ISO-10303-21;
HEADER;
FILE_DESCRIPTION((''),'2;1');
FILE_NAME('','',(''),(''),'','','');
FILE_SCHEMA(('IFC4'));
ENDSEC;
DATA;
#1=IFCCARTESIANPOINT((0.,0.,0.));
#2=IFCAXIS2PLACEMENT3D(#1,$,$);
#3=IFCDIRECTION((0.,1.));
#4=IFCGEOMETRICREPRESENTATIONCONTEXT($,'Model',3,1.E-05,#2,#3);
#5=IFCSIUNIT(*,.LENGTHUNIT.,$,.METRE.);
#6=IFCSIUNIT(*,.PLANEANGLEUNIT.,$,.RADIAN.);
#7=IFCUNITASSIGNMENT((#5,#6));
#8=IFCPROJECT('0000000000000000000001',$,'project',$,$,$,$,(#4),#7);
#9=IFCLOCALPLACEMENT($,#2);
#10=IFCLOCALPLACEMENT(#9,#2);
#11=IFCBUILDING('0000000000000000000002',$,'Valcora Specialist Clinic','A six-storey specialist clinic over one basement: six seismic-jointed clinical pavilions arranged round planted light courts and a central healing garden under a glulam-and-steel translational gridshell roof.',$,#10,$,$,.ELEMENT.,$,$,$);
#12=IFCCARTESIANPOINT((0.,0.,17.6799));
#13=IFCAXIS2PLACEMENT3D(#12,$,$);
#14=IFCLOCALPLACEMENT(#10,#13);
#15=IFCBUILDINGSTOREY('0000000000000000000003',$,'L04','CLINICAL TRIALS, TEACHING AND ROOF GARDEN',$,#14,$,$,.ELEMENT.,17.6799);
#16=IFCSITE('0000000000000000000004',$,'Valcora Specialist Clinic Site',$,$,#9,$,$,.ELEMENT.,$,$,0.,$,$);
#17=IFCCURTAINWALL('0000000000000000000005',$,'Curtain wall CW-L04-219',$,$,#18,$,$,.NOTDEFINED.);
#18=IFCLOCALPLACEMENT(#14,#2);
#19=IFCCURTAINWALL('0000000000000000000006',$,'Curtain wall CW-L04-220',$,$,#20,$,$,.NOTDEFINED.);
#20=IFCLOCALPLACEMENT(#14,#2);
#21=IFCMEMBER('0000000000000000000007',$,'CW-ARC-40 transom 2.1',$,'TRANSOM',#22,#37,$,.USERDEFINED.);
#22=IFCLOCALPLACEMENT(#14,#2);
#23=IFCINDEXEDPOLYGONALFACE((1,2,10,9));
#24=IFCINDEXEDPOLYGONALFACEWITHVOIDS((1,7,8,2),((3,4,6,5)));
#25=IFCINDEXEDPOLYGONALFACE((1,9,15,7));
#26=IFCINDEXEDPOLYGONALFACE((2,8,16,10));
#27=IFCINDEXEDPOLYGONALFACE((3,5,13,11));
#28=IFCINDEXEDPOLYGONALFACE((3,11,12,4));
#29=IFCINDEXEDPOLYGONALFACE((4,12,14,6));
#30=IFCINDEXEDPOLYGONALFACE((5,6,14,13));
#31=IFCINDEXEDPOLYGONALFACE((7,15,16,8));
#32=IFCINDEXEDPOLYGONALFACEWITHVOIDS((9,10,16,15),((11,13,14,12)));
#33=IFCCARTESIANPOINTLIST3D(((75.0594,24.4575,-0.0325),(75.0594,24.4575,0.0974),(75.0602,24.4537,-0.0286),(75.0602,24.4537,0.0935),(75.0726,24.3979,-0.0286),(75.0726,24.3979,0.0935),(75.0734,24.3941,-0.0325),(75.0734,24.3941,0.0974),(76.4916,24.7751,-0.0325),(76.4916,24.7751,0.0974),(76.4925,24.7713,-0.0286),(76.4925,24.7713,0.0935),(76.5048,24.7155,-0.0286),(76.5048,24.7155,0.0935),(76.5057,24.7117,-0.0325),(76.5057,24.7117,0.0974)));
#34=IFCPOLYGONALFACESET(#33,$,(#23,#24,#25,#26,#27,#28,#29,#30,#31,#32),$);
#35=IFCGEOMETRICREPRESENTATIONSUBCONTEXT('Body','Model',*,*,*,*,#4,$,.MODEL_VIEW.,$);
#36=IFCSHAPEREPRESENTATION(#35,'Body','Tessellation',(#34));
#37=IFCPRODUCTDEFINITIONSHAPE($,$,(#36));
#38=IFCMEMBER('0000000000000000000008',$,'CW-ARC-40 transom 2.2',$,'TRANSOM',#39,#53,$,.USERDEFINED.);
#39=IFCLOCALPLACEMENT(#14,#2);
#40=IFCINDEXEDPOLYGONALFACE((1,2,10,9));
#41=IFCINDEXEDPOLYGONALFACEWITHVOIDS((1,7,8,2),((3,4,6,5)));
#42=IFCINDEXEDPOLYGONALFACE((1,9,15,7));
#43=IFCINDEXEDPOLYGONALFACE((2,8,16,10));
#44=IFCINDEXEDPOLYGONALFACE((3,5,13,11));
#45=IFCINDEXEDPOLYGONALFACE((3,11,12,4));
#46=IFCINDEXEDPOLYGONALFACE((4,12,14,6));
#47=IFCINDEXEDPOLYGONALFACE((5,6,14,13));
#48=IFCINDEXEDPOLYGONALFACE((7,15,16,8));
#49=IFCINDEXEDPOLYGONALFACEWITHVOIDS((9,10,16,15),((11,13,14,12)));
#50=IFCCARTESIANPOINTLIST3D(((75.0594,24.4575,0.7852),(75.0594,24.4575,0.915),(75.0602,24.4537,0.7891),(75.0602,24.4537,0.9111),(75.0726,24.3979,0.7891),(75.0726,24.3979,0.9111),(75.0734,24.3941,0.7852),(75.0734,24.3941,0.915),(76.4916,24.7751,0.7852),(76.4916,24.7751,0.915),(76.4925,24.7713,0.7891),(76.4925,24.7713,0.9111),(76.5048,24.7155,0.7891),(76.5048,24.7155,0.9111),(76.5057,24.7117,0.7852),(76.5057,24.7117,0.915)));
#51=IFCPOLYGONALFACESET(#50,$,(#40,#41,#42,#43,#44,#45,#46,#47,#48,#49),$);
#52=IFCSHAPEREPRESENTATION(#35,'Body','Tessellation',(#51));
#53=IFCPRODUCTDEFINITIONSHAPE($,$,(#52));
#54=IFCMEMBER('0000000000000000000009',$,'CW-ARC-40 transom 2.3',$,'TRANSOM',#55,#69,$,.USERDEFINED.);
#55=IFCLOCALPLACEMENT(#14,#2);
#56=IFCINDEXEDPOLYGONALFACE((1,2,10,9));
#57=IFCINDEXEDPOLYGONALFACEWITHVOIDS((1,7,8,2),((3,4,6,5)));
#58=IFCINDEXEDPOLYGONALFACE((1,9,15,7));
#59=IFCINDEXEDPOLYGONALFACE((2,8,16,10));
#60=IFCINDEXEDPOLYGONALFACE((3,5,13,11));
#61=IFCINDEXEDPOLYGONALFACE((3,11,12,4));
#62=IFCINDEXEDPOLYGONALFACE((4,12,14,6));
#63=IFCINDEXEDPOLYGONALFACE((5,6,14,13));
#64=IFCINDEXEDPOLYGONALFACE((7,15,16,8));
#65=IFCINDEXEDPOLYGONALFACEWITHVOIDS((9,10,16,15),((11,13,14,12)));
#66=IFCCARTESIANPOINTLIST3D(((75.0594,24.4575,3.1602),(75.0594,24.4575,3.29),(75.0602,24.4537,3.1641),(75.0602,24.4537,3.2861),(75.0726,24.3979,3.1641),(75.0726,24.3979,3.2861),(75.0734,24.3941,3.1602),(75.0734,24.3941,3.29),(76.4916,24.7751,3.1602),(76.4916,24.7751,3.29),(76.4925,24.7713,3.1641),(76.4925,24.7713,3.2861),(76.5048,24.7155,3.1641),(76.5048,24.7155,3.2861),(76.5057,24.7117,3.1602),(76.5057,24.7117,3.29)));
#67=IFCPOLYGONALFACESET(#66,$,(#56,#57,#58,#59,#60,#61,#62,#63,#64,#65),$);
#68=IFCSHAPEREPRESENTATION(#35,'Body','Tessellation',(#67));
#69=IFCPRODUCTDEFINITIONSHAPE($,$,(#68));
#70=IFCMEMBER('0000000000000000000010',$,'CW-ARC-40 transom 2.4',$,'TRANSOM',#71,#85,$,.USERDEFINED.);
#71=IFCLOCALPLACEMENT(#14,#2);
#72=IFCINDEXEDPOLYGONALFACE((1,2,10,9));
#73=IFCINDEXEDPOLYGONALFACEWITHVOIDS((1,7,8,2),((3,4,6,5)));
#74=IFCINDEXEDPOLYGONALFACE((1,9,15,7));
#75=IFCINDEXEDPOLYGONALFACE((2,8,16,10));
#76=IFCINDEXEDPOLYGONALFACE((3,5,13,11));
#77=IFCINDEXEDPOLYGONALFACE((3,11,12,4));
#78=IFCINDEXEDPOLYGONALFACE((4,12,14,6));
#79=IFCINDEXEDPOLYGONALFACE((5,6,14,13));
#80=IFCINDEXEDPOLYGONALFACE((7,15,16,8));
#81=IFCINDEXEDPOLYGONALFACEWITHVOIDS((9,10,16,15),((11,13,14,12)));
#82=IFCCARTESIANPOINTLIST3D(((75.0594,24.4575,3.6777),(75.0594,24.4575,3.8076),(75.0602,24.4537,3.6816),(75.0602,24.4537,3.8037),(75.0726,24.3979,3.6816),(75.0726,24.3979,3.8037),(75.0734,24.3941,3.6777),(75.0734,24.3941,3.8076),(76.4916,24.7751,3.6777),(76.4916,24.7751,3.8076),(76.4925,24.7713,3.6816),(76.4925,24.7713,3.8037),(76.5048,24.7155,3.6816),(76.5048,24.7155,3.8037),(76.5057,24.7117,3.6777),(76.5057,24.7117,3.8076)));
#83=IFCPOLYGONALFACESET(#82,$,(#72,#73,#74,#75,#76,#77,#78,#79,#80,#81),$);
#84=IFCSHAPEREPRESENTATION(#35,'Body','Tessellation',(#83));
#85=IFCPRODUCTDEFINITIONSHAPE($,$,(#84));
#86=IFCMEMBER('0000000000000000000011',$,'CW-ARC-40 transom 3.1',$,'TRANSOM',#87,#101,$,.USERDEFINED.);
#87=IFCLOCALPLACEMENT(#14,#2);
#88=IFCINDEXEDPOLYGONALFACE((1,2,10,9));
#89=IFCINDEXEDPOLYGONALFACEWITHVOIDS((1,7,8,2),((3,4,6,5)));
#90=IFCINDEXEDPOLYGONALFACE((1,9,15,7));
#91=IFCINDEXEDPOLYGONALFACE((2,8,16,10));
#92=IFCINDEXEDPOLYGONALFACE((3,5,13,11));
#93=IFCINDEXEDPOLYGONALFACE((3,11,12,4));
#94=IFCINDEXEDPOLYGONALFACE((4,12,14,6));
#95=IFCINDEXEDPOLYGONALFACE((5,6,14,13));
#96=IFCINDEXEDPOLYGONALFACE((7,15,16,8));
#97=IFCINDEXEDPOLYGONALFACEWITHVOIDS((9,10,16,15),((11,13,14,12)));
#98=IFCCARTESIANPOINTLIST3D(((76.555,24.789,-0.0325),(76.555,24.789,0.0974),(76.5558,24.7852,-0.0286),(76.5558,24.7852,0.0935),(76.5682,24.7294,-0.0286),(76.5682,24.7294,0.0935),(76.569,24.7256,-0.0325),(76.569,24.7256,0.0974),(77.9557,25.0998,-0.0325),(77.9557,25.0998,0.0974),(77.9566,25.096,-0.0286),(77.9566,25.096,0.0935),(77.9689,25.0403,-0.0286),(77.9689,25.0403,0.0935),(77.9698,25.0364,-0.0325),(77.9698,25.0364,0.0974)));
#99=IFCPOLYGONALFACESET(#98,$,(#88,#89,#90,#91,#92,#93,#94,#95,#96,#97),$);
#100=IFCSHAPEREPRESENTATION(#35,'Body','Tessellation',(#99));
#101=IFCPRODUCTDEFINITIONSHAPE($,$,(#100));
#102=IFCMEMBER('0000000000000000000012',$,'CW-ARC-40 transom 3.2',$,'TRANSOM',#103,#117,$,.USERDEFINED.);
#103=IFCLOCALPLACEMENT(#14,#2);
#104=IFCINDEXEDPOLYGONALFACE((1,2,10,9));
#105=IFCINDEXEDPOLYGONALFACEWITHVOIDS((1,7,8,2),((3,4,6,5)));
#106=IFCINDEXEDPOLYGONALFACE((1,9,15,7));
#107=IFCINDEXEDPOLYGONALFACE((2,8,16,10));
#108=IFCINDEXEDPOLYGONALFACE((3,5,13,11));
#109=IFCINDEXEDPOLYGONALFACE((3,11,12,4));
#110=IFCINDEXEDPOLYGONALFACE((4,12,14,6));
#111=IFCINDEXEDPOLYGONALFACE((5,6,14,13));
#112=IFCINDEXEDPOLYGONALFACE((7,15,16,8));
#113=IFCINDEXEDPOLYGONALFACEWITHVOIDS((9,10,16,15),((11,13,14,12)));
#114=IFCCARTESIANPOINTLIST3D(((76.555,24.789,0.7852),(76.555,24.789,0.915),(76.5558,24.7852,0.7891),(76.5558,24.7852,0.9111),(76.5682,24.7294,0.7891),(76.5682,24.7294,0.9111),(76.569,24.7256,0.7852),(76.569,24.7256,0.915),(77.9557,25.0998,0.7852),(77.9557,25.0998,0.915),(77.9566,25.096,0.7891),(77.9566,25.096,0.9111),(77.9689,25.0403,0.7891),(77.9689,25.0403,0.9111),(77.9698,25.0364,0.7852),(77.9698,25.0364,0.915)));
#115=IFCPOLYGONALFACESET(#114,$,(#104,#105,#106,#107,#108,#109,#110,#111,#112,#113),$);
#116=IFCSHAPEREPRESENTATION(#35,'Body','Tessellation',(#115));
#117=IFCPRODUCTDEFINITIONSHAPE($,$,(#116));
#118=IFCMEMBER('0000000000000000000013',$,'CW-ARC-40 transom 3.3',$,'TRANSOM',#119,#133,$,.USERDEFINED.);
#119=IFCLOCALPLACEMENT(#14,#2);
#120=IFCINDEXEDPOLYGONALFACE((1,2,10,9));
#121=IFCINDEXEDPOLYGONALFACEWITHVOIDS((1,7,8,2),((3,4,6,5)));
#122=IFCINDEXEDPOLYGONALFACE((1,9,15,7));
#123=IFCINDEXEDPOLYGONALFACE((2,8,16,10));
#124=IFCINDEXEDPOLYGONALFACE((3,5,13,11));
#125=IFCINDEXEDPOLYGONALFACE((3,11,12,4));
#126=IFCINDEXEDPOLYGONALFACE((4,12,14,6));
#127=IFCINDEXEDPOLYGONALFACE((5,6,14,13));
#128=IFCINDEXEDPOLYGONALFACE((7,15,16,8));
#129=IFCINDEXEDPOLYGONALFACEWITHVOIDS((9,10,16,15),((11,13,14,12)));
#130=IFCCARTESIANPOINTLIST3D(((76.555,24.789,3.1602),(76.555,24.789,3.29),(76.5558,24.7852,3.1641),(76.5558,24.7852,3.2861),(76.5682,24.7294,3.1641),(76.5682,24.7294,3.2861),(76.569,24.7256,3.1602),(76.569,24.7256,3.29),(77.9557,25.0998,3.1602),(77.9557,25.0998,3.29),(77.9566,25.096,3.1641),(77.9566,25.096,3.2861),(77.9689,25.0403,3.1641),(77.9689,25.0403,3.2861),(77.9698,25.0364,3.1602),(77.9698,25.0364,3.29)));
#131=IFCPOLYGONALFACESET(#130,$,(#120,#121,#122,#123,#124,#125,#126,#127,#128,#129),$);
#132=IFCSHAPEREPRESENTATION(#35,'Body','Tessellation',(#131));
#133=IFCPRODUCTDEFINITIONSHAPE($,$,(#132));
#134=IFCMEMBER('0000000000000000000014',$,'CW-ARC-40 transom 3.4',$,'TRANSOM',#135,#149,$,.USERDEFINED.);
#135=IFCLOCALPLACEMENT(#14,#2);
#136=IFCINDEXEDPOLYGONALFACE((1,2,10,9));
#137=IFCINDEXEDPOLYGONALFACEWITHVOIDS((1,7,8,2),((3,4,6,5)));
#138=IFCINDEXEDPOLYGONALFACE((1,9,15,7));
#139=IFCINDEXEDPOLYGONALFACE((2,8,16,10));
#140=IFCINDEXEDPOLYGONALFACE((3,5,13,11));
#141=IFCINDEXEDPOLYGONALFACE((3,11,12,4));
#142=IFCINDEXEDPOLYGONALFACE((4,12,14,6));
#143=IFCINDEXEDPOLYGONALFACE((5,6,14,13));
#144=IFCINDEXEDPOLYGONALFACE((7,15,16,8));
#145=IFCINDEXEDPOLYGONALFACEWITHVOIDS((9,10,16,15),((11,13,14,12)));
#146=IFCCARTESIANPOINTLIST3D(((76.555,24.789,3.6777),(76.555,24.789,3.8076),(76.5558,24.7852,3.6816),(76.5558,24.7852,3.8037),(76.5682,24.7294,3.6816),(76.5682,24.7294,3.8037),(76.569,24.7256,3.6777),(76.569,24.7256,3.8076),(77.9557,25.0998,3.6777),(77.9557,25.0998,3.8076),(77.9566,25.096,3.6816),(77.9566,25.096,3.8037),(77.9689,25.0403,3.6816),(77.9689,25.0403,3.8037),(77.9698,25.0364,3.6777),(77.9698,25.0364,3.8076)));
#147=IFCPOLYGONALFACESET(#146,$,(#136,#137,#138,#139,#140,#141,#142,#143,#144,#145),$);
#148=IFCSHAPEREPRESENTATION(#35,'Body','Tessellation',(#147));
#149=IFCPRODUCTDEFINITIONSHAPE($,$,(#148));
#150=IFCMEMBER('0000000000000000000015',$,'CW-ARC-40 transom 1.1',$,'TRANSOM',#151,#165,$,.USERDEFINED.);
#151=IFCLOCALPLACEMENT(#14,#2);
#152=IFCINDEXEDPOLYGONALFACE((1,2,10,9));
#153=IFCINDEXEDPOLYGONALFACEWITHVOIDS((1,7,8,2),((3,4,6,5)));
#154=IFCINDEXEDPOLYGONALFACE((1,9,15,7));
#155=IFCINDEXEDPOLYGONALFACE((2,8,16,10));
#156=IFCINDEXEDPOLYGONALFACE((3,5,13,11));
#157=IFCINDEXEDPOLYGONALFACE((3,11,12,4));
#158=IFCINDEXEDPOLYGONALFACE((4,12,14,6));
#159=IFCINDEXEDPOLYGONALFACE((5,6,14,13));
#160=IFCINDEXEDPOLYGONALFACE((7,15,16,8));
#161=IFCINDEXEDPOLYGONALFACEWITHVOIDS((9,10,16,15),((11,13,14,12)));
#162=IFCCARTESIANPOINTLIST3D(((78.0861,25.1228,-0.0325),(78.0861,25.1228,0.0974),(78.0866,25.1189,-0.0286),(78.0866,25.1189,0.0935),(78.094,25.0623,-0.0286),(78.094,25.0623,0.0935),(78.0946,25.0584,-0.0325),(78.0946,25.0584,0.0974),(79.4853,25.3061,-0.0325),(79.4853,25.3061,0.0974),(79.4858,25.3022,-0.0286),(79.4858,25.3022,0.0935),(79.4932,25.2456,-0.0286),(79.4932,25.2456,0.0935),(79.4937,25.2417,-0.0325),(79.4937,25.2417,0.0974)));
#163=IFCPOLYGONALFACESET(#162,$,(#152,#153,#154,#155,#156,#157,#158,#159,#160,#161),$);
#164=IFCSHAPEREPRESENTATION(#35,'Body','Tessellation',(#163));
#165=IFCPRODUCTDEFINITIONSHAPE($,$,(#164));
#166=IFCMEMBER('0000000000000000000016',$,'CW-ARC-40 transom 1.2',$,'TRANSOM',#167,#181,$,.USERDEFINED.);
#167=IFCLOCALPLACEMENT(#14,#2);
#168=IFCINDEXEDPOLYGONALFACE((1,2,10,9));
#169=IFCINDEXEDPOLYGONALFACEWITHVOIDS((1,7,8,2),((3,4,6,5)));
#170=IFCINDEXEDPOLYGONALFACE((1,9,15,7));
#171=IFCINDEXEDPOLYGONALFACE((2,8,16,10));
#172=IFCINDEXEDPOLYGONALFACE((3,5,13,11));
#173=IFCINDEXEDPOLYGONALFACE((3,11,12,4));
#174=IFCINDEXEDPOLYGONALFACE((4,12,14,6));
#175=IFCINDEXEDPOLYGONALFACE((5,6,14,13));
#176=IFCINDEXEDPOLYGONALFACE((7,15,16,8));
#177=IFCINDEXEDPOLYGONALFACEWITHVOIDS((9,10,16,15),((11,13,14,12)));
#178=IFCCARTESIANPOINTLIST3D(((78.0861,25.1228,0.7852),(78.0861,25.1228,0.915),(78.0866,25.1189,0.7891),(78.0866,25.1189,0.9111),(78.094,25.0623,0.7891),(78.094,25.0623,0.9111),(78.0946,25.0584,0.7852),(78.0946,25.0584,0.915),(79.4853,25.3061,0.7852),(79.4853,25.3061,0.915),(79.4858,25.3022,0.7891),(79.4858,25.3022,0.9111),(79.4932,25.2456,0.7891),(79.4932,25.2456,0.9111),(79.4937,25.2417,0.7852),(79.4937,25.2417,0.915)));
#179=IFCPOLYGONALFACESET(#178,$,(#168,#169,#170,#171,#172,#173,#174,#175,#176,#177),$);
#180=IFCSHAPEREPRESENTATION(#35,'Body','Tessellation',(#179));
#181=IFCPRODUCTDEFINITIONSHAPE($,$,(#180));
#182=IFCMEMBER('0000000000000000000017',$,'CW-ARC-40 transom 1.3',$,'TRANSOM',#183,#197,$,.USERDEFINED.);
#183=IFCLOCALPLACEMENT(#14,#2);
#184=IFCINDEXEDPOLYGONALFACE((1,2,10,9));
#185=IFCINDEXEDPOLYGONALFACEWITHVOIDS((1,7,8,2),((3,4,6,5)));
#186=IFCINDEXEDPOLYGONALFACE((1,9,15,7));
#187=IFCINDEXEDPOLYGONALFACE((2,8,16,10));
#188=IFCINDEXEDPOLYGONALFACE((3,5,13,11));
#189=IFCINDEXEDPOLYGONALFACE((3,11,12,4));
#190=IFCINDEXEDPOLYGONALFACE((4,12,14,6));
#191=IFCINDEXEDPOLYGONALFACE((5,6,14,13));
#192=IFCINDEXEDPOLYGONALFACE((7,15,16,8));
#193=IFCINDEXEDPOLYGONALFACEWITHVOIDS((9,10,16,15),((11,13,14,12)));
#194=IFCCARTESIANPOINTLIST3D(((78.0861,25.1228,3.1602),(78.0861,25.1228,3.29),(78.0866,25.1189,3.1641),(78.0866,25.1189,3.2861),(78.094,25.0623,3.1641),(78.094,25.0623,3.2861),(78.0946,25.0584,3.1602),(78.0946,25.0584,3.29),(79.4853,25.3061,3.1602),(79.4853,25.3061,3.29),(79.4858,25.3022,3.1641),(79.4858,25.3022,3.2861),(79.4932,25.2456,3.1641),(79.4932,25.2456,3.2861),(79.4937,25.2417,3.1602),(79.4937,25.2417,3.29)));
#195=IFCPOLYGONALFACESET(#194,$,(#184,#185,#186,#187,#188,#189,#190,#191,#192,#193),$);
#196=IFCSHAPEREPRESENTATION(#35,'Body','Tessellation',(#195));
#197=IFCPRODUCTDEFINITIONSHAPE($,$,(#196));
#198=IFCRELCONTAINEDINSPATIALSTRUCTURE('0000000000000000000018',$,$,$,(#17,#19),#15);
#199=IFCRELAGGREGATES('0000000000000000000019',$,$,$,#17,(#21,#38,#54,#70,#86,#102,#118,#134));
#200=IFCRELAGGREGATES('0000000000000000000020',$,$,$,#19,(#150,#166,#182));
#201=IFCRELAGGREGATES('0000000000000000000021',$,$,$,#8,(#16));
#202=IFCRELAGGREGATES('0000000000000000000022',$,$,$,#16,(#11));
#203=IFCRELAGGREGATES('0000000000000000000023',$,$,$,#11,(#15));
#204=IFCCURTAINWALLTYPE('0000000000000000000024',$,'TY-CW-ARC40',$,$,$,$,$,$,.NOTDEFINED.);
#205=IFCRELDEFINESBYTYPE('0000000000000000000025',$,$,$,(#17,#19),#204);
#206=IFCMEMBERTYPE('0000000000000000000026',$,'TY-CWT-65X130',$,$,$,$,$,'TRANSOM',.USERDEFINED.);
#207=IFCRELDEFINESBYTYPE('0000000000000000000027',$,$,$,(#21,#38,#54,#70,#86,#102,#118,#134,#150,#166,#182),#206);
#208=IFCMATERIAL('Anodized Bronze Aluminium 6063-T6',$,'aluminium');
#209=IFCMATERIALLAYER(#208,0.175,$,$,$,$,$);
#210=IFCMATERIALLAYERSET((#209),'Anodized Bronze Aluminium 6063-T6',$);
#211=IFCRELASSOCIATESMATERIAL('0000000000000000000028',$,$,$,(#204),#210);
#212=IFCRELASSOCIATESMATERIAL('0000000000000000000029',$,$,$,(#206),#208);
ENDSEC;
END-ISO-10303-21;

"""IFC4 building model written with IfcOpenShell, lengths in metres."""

from ifc_helpers import new_model, si_unit, direction, frame, origin, origin_2d, place, context, subcontext, project, spatial, hollow_rectangle, extrude, material, layer, layer_set, material_profile, profile_set, type_object, element, aggregate, save


model = new_model("IFC4")

# Units and contexts
model_context = context("Model", 3, precision=1e-05, world=origin(), true_north=direction((0.0, 1.0)))
body_context = subcontext(model_context, "Body", "Model", "MODEL_VIEW")
ifc_project = project(units=[si_unit("LENGTHUNIT", "METRE"), si_unit("PLANEANGLEUNIT", "RADIAN")], contexts=[model_context])

# Site, building, storey
site_placement = place(None, origin())
site = spatial("IfcSite", under=ifc_project, at=site_placement, Name="Valcora Specialist Clinic Site", CompositionType="ELEMENT", RefElevation=0.0)
building_placement = place(site_placement, origin())
building = spatial("IfcBuilding", under=site, at=building_placement, Name="Valcora Specialist Clinic", Description="A six-storey specialist clinic over one basement: six seismic-jointed clinical pavilions arranged round planted light courts and a central healing garden under a glulam-and-steel translational gridshell roof.", CompositionType="ELEMENT")
storey_placement = place(building_placement, frame((0.0, 0.0, 17.6799)))
storey = spatial("IfcBuildingStorey", under=building, at=storey_placement, Name="L04", Description="CLINICAL TRIALS, TEACHING AND ROOF GARDEN", CompositionType="ELEMENT", Elevation=17.6799)

# Shared definitions
ifc_material_1 = material(Name="Anodized Bronze Aluminium 6063-T6", Category="aluminium")
ifc_layer_1 = layer(ifc_material_1, 0.175)
ifc_layer_set_1 = layer_set([ifc_layer_1], Name="Anodized Bronze Aluminium 6063-T6")
curtain_wall_type = type_object("IfcCurtainWallType", Name="TY-CW-ARC40", PredefinedType="NOTDEFINED", material=ifc_layer_set_1)

# Curtain walls
curtain_wall_1_placement = place(storey_placement, origin())
curtain_wall_1 = element("IfcCurtainWall", 1, at=curtain_wall_1_placement, inside=storey, type_object=curtain_wall_type, Name="Curtain wall CW-L04-219", PredefinedType="NOTDEFINED")
curtain_wall_2_placement = place(storey_placement, origin())
curtain_wall_2 = element("IfcCurtainWall", 2, at=curtain_wall_2_placement, inside=storey, type_object=curtain_wall_type, Name="Curtain wall CW-L04-220", PredefinedType="NOTDEFINED")

# Members
ifc_material_profile_1 = material_profile(ifc_material_1, hollow_rectangle(XDim=0.0649, YDim=0.1299, WallThickness=0.0039, at=origin_2d()), Name="AL-TRN-65X130")
ifc_profile_set_1 = profile_set([ifc_material_profile_1], Name="Anodized Bronze Aluminium 6063-T6")
member_type_1 = type_object("IfcMemberType", Name="TY-CWT-65X130", ElementType="TRANSOM", PredefinedType="USERDEFINED", material=ifc_profile_set_1)
member_1_placement = place(storey_placement, frame((75.0664, 24.4258, 0.0325), z_axis=(0.976277, 0.216525, 0.0), x_axis=(-0.216525, 0.976277, 0.0)))
member_1 = element("IfcMember", 3, at=member_1_placement, type_object=member_type_1, Name="CW-ARC-40 transom 2.1", ObjectType="TRANSOM", PredefinedType="USERDEFINED", context=body_context, shape_type="SweptSolid", body=[
    extrude(hollow_rectangle(XDim=0.0649, YDim=0.1299, WallThickness=0.0039, at=origin_2d()), origin(), (0.0, 0.0, 1.0), 1.467),
])
member_2_placement = place(storey_placement, frame((75.0664, 24.4258, 0.8501), z_axis=(0.976277, 0.216525, 0.0), x_axis=(-0.216525, 0.976277, 0.0)))
member_2 = element("IfcMember", 4, at=member_2_placement, type_object=member_type_1, Name="CW-ARC-40 transom 2.2", ObjectType="TRANSOM", PredefinedType="USERDEFINED", context=body_context, shape_type="SweptSolid", body=[
    extrude(hollow_rectangle(XDim=0.0649, YDim=0.1299, WallThickness=0.0039, at=origin_2d()), origin(), (0.0, 0.0, 1.0), 1.467),
])
member_3_placement = place(storey_placement, frame((75.0664, 24.4258, 3.2251), z_axis=(0.976277, 0.216525, 0.0), x_axis=(-0.216525, 0.976277, 0.0)))
member_3 = element("IfcMember", 5, at=member_3_placement, type_object=member_type_1, Name="CW-ARC-40 transom 2.3", ObjectType="TRANSOM", PredefinedType="USERDEFINED", context=body_context, shape_type="SweptSolid", body=[
    extrude(hollow_rectangle(XDim=0.0649, YDim=0.1299, WallThickness=0.0039, at=origin_2d()), origin(), (0.0, 0.0, 1.0), 1.467),
])
member_4_placement = place(storey_placement, frame((75.0664, 24.4258, 3.7427), z_axis=(0.976277, 0.216525, 0.0), x_axis=(-0.216525, 0.976277, 0.0)))
member_4 = element("IfcMember", 6, at=member_4_placement, type_object=member_type_1, Name="CW-ARC-40 transom 2.4", ObjectType="TRANSOM", PredefinedType="USERDEFINED", context=body_context, shape_type="SweptSolid", body=[
    extrude(hollow_rectangle(XDim=0.0649, YDim=0.1299, WallThickness=0.0039, at=origin_2d()), origin(), (0.0, 0.0, 1.0), 1.467),
])
member_5_placement = place(storey_placement, frame((76.562, 24.7573, 0.0325), z_axis=(0.976255, 0.216624, 0.0), x_axis=(-0.216624, 0.976255, 0.0)))
member_5 = element("IfcMember", 7, at=member_5_placement, type_object=member_type_1, Name="CW-ARC-40 transom 3.1", ObjectType="TRANSOM", PredefinedType="USERDEFINED", context=body_context, shape_type="SweptSolid", body=[
    extrude(hollow_rectangle(XDim=0.0649, YDim=0.1299, WallThickness=0.0039, at=origin_2d()), origin(), (0.0, 0.0, 1.0), 1.4348),
])
member_6_placement = place(storey_placement, frame((76.562, 24.7573, 0.8501), z_axis=(0.976255, 0.216624, 0.0), x_axis=(-0.216624, 0.976255, 0.0)))
member_6 = element("IfcMember", 8, at=member_6_placement, type_object=member_type_1, Name="CW-ARC-40 transom 3.2", ObjectType="TRANSOM", PredefinedType="USERDEFINED", context=body_context, shape_type="SweptSolid", body=[
    extrude(hollow_rectangle(XDim=0.0649, YDim=0.1299, WallThickness=0.0039, at=origin_2d()), origin(), (0.0, 0.0, 1.0), 1.4348),
])
member_7_placement = place(storey_placement, frame((76.562, 24.7573, 3.2251), z_axis=(0.976255, 0.216624, 0.0), x_axis=(-0.216624, 0.976255, 0.0)))
member_7 = element("IfcMember", 9, at=member_7_placement, type_object=member_type_1, Name="CW-ARC-40 transom 3.3", ObjectType="TRANSOM", PredefinedType="USERDEFINED", context=body_context, shape_type="SweptSolid", body=[
    extrude(hollow_rectangle(XDim=0.0649, YDim=0.1299, WallThickness=0.0039, at=origin_2d()), origin(), (0.0, 0.0, 1.0), 1.4348),
])
member_8_placement = place(storey_placement, frame((76.562, 24.7573, 3.7427), z_axis=(0.976255, 0.216624, 0.0), x_axis=(-0.216624, 0.976255, 0.0)))
member_8 = element("IfcMember", 10, at=member_8_placement, type_object=member_type_1, Name="CW-ARC-40 transom 3.4", ObjectType="TRANSOM", PredefinedType="USERDEFINED", context=body_context, shape_type="SweptSolid", body=[
    extrude(hollow_rectangle(XDim=0.0649, YDim=0.1299, WallThickness=0.0039, at=origin_2d()), origin(), (0.0, 0.0, 1.0), 1.4348),
])
member_9_placement = place(storey_placement, frame((78.0903, 25.0906, 0.0325), z_axis=(0.991523, 0.129931, 0.0), x_axis=(-0.129931, 0.991523, 0.0)))
member_9 = element("IfcMember", 11, at=member_9_placement, type_object=member_type_1, Name="CW-ARC-40 transom 1.1", ObjectType="TRANSOM", PredefinedType="USERDEFINED", context=body_context, shape_type="SweptSolid", body=[
    extrude(hollow_rectangle(XDim=0.0649, YDim=0.1299, WallThickness=0.0039, at=origin_2d()), origin(), (0.0, 0.0, 1.0), 1.4111),
])
member_10_placement = place(storey_placement, frame((78.0903, 25.0906, 0.8501), z_axis=(0.991523, 0.129931, 0.0), x_axis=(-0.129931, 0.991523, 0.0)))
member_10 = element("IfcMember", 12, at=member_10_placement, type_object=member_type_1, Name="CW-ARC-40 transom 1.2", ObjectType="TRANSOM", PredefinedType="USERDEFINED", context=body_context, shape_type="SweptSolid", body=[
    extrude(hollow_rectangle(XDim=0.0649, YDim=0.1299, WallThickness=0.0039, at=origin_2d()), origin(), (0.0, 0.0, 1.0), 1.4111),
])
member_11_placement = place(storey_placement, frame((78.0903, 25.0906, 3.2251), z_axis=(0.991523, 0.129931, 0.0), x_axis=(-0.129931, 0.991523, 0.0)))
member_11 = element("IfcMember", 13, at=member_11_placement, type_object=member_type_1, Name="CW-ARC-40 transom 1.3", ObjectType="TRANSOM", PredefinedType="USERDEFINED", context=body_context, shape_type="SweptSolid", body=[
    extrude(hollow_rectangle(XDim=0.0649, YDim=0.1299, WallThickness=0.0039, at=origin_2d()), origin(), (0.0, 0.0, 1.0), 1.4111),
])

aggregate(curtain_wall_1, [member_1, member_2, member_3, member_4, member_5, member_6, member_7, member_8])
aggregate(curtain_wall_2, [member_9, member_10, member_11])

save(model, "model.ifc")
